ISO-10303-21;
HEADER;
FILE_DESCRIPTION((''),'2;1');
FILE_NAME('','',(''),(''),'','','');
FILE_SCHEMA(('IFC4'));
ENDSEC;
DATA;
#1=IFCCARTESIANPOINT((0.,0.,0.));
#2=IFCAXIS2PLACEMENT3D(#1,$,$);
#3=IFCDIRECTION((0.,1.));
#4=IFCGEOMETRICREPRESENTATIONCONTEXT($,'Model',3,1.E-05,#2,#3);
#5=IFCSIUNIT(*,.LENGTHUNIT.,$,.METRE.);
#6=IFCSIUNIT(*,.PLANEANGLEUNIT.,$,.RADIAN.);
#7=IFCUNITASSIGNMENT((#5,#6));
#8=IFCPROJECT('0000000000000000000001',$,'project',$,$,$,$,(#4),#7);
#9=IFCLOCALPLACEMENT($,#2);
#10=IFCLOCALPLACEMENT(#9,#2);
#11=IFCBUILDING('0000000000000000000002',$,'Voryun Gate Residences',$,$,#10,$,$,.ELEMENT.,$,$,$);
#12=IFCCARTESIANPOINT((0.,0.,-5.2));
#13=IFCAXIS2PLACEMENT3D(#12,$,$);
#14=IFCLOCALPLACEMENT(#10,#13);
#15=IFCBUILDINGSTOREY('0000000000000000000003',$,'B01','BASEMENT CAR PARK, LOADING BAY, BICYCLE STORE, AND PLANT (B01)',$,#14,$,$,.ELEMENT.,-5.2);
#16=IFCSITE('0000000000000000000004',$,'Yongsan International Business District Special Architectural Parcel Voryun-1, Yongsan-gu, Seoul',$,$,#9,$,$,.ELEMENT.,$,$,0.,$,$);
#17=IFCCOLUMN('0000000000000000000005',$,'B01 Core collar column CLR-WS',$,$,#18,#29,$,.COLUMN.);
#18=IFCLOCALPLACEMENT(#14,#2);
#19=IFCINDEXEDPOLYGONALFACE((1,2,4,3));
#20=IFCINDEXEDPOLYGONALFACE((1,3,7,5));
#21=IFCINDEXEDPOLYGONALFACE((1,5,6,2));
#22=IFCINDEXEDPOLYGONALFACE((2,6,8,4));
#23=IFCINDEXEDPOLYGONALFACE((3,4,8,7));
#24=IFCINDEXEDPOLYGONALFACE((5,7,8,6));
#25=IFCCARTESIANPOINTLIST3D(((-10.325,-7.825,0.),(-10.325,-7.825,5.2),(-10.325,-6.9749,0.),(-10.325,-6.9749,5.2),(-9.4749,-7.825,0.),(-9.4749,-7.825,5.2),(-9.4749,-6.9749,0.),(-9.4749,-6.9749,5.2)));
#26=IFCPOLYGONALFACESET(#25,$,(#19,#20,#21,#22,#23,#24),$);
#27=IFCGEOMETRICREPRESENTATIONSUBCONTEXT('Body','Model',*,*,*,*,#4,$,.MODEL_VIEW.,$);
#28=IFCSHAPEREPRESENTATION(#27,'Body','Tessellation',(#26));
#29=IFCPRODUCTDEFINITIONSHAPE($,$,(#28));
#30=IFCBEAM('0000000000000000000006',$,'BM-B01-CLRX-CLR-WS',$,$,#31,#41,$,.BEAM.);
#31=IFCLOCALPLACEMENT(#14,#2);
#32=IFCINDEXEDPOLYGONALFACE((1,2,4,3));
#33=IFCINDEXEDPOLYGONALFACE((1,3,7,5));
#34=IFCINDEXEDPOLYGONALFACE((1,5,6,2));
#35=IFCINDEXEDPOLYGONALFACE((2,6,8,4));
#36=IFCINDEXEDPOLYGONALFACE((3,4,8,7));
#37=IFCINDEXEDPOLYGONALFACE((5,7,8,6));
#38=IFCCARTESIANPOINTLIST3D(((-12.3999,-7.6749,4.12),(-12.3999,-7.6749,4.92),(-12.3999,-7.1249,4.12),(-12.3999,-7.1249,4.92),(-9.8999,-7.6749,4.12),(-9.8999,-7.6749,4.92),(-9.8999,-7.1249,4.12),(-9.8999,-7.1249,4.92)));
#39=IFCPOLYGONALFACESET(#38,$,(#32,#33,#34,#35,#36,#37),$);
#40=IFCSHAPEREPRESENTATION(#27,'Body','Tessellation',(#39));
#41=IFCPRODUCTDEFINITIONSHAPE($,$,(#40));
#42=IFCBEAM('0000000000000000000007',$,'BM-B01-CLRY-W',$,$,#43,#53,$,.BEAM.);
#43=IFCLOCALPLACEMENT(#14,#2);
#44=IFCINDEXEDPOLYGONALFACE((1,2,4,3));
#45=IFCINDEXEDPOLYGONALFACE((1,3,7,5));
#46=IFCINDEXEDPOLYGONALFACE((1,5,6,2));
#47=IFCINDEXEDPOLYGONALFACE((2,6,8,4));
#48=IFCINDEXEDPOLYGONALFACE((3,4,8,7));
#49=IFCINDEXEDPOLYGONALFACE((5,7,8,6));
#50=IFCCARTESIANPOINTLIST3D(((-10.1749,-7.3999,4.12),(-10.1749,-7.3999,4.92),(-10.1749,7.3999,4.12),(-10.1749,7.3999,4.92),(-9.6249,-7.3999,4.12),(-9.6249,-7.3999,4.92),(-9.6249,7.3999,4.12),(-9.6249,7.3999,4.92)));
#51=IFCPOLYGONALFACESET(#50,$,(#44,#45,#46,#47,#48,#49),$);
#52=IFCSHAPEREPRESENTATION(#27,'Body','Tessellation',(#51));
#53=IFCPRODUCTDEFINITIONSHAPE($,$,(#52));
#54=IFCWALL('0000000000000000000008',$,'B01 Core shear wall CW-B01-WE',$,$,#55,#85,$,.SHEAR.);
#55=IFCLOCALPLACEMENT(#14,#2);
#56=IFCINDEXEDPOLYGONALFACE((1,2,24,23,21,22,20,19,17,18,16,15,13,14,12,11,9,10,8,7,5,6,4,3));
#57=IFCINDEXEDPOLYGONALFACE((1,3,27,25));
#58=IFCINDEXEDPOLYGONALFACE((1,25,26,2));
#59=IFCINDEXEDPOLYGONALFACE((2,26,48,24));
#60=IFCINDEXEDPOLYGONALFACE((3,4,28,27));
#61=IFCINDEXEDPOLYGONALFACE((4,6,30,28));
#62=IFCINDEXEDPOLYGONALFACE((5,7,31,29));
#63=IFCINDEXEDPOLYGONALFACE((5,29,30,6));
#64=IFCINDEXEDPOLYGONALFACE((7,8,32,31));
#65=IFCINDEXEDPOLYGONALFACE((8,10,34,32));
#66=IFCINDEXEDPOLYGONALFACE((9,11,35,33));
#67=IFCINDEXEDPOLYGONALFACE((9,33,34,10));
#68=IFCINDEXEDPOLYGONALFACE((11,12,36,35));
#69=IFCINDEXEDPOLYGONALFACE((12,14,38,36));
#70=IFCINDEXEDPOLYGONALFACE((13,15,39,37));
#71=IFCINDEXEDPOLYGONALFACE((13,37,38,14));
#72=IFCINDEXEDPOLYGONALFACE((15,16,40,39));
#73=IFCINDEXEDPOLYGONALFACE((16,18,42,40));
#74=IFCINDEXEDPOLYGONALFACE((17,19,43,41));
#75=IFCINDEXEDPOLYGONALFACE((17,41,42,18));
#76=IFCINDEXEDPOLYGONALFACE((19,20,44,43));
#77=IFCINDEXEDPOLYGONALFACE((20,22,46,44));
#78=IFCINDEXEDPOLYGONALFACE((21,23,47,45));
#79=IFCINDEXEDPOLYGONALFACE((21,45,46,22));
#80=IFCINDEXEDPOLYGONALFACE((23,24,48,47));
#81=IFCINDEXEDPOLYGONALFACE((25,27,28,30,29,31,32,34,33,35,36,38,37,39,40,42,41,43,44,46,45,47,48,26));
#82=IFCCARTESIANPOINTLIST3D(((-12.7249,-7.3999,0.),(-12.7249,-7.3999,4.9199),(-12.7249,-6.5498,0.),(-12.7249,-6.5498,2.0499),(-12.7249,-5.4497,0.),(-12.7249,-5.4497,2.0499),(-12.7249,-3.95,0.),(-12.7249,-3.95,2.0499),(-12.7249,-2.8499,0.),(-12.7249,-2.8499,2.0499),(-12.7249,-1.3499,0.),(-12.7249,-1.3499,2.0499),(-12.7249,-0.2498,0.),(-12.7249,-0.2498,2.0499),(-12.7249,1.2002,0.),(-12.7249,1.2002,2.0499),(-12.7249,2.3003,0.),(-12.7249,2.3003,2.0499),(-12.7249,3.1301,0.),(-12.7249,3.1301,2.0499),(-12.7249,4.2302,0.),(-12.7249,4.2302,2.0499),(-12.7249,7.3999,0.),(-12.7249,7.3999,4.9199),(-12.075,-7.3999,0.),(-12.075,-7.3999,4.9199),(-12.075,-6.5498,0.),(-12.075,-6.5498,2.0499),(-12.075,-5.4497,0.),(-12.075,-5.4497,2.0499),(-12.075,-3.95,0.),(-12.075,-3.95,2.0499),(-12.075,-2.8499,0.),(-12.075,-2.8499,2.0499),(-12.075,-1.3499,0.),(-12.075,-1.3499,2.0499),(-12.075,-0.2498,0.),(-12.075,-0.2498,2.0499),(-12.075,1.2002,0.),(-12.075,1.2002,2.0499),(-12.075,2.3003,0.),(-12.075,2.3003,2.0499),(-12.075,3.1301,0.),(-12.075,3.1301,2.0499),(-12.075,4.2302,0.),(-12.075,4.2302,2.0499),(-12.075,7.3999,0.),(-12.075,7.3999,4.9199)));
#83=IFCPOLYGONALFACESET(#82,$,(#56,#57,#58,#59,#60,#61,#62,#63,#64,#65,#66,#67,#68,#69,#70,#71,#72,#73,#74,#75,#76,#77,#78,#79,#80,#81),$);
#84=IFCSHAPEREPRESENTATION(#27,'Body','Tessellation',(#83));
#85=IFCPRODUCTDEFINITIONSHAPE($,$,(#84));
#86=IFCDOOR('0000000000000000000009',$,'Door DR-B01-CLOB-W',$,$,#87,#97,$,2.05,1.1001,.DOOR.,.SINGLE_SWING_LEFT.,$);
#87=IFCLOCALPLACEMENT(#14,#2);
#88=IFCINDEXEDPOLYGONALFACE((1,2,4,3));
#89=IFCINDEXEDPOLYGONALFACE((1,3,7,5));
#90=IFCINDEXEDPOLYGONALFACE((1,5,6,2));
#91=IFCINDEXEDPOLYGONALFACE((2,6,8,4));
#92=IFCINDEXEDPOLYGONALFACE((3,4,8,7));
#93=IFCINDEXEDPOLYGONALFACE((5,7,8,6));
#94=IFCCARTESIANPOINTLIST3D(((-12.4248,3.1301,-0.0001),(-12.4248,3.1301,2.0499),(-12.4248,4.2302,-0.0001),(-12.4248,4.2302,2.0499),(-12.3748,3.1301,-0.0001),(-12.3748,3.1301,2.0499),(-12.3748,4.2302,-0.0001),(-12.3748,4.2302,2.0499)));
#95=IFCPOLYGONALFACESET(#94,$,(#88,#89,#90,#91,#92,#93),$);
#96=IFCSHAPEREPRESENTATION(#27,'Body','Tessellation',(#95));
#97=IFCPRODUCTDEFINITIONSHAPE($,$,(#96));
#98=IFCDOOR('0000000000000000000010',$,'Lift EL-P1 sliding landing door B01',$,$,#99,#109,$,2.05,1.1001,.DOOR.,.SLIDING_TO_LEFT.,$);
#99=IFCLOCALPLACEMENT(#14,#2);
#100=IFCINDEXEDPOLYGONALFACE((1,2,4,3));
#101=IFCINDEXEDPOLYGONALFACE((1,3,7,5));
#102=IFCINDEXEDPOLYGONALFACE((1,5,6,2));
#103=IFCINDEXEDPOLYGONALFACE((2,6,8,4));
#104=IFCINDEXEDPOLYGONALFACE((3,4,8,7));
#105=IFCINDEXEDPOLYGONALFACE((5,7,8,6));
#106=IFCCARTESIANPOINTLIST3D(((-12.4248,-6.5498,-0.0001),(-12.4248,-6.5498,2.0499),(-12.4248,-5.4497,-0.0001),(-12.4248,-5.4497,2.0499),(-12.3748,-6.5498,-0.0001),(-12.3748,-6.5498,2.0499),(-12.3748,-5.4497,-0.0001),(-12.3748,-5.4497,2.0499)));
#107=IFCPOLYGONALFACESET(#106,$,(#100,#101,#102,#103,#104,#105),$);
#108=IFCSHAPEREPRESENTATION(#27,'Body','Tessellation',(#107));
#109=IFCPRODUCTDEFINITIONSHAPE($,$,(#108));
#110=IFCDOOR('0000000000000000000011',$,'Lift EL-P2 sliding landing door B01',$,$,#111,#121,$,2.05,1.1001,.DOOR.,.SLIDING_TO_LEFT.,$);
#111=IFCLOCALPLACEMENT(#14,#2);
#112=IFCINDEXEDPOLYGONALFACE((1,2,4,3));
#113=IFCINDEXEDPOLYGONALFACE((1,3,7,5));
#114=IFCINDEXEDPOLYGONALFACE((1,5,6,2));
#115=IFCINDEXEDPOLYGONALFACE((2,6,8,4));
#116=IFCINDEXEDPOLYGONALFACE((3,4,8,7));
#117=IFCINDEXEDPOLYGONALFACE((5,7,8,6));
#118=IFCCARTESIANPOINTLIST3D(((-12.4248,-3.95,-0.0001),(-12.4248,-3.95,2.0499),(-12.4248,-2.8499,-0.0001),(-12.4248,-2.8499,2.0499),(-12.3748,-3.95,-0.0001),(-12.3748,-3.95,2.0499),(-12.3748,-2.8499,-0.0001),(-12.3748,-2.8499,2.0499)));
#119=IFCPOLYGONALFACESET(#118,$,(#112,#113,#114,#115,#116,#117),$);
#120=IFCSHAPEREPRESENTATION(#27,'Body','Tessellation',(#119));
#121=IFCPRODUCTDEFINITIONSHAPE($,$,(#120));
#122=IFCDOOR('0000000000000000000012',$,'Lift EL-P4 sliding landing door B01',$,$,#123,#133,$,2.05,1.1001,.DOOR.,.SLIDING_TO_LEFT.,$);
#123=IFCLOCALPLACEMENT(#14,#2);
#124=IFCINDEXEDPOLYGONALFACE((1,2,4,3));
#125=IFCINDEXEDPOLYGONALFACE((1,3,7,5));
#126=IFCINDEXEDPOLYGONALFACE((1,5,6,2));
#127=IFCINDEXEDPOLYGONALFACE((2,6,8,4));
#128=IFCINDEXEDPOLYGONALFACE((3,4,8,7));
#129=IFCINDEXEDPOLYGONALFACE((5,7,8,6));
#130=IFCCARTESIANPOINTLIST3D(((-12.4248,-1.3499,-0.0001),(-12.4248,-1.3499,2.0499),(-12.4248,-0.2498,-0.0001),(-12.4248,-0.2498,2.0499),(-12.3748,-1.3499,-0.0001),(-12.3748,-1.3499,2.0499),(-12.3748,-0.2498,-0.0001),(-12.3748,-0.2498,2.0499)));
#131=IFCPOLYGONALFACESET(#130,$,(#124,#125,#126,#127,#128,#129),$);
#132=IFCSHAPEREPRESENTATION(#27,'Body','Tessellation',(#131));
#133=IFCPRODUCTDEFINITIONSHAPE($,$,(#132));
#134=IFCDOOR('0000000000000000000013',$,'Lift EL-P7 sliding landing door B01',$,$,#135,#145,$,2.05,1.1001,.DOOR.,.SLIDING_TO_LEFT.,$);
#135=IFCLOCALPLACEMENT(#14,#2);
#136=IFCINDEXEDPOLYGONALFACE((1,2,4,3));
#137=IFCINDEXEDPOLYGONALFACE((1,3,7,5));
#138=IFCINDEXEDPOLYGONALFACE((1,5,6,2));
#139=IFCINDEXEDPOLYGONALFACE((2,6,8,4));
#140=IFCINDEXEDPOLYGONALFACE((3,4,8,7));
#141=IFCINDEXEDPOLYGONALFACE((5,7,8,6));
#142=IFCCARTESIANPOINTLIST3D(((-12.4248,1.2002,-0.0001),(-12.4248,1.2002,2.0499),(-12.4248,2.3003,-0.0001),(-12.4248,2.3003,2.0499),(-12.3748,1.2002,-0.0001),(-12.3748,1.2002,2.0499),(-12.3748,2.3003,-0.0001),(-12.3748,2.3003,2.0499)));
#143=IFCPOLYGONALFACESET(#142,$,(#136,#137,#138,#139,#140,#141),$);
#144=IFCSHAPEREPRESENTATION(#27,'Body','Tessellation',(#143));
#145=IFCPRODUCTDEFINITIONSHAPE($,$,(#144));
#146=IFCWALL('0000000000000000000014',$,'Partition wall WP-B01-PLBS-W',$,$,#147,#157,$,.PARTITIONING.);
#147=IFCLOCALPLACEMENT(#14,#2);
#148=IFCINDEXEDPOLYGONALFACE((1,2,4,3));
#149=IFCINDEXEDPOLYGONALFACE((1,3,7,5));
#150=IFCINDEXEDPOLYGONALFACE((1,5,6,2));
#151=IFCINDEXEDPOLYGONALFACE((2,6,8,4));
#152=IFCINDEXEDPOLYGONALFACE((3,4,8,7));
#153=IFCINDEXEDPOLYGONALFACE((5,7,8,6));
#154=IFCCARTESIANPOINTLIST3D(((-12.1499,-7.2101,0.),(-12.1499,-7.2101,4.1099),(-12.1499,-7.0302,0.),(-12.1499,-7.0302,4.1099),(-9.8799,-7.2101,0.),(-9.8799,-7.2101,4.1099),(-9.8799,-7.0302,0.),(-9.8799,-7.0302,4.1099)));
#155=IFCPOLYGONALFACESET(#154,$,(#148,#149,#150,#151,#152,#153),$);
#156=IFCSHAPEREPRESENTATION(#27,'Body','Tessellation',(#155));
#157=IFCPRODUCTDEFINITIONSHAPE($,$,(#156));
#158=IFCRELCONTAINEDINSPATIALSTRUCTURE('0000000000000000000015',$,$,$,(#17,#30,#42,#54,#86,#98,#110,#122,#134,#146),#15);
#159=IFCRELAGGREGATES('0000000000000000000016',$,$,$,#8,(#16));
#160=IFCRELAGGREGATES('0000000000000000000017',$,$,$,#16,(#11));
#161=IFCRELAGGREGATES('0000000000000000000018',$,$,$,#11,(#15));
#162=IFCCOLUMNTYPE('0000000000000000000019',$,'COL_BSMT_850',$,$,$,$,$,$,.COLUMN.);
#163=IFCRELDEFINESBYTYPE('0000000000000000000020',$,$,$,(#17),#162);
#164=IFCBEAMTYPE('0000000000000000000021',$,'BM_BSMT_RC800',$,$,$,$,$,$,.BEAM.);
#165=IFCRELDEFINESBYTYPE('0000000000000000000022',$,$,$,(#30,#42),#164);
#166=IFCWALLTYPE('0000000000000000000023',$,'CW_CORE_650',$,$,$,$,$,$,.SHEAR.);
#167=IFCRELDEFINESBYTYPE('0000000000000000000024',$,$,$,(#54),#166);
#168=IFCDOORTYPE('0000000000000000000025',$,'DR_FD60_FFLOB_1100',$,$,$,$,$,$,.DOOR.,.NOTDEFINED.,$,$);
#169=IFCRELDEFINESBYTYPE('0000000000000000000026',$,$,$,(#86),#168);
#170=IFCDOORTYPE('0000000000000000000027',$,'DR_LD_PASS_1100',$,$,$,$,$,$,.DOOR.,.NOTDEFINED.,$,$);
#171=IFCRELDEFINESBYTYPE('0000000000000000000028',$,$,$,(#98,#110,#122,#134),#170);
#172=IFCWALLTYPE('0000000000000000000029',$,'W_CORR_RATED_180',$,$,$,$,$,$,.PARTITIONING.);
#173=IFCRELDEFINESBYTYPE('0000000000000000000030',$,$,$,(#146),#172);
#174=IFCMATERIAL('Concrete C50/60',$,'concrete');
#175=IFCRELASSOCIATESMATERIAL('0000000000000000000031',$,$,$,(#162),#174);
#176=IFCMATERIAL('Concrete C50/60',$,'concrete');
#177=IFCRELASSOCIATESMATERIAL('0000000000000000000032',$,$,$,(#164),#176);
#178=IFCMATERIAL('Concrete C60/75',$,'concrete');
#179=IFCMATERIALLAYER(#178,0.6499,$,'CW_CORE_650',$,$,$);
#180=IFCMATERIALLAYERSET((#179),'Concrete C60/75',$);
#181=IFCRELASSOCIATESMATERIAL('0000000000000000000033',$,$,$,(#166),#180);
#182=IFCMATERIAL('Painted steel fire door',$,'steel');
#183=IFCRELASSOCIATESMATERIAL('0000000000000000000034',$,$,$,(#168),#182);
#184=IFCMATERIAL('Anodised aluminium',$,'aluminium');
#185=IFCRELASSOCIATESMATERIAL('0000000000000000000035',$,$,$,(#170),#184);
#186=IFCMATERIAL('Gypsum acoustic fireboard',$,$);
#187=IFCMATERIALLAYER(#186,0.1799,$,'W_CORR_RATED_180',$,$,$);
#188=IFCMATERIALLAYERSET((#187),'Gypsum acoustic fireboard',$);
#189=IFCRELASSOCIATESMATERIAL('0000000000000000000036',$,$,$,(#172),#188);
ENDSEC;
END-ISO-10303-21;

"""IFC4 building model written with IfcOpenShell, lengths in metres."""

from ifc_helpers import new_model, si_unit, direction, frame, frame_2d, origin, origin_2d, place, context, subcontext, project, spatial, rectangle, extrude, material, layer, layer_set, material_profile, profile_set, type_object, element, fill, save


model = new_model("IFC4")

# Units and contexts
model_context = context("Model", 3, precision=1e-05, world=origin(), true_north=direction((0.0, 1.0)))
body_context = subcontext(model_context, "Body", "Model", "MODEL_VIEW")
ifc_project = project(units=[si_unit("LENGTHUNIT", "METRE"), si_unit("PLANEANGLEUNIT", "RADIAN")], contexts=[model_context])

# Site, building, storey
site_placement = place(None, origin())
site = spatial("IfcSite", under=ifc_project, at=site_placement, Name="Yongsan International Business District Special Architectural Parcel Voryun-1, Yongsan-gu, Seoul", CompositionType="ELEMENT", RefElevation=0.0)
building_placement = place(site_placement, origin())
building = spatial("IfcBuilding", under=site, at=building_placement, Name="Voryun Gate Residences", CompositionType="ELEMENT")
storey_placement = place(building_placement, frame((0.0, 0.0, -5.2)))
storey = spatial("IfcBuildingStorey", under=building, at=storey_placement, Name="B01", Description="BASEMENT CAR PARK, LOADING BAY, BICYCLE STORE, AND PLANT (B01)", CompositionType="ELEMENT", Elevation=-5.2)

# Column
ifc_material_1 = material(Name="Concrete C50/60", Category="concrete")
ifc_material_profile_1 = material_profile(ifc_material_1, rectangle(XDim=0.8501, YDim=0.8501, at=origin_2d()), Name="RC-850x850")
ifc_profile_set_1 = profile_set([ifc_material_profile_1], Name="Concrete C50/60")
column_type = type_object("IfcColumnType", Name="COL_BSMT_850", PredefinedType="COLUMN", material=ifc_profile_set_1)
column_placement = place(storey_placement, frame((-9.8999, -7.3999, 0.0), z_axis=(0.0, 0.0, 1.0), x_axis=(1.0, 0.0, 0.0)))
element("IfcColumn", 1, at=column_placement, inside=storey, type_object=column_type, Name="B01 Core collar column CLR-WS", PredefinedType="COLUMN", context=body_context, shape_type="SweptSolid", body=[
    extrude(rectangle(XDim=0.8501, YDim=0.8501, at=origin_2d()), origin(), (0.0, 0.0, 1.0), 5.2),
])

# Beams
ifc_material_2 = material(Name="Concrete C50/60", Category="concrete")
ifc_material_profile_2 = material_profile(ifc_material_2, rectangle(XDim=0.55, YDim=0.8, at=origin_2d()), Name="RC-550x800")
ifc_profile_set_2 = profile_set([ifc_material_profile_2], Name="Concrete C50/60")
beam_type = type_object("IfcBeamType", Name="BM_BSMT_RC800", PredefinedType="BEAM", material=ifc_profile_set_2)
beam_1_placement = place(storey_placement, frame((-12.3999, -7.3999, 4.52), z_axis=(1.0, 0.0, 0.0), x_axis=(0.0, 1.0, 0.0)))
element("IfcBeam", 2, at=beam_1_placement, inside=storey, type_object=beam_type, Name="BM-B01-CLRX-CLR-WS", PredefinedType="BEAM", context=body_context, shape_type="SweptSolid", body=[
    extrude(rectangle(XDim=0.55, YDim=0.8, at=origin_2d()), origin(), (0.0, 0.0, 1.0), 2.5),
])
beam_2_placement = place(storey_placement, frame((-9.8999, -7.3999, 4.52), z_axis=(0.0, 1.0, 0.0), x_axis=(-1.0, 0.0, 0.0)))
element("IfcBeam", 3, at=beam_2_placement, inside=storey, type_object=beam_type, Name="BM-B01-CLRY-W", PredefinedType="BEAM", context=body_context, shape_type="SweptSolid", body=[
    extrude(rectangle(XDim=0.55, YDim=0.8, at=origin_2d()), origin(), (0.0, 0.0, 1.0), 14.7998),
])

# Wall, openings, doors
ifc_material_3 = material(Name="Concrete C60/75", Category="concrete")
ifc_layer_1 = layer(ifc_material_3, 0.6499, Name="CW_CORE_650")
ifc_layer_set_1 = layer_set([ifc_layer_1], Name="Concrete C60/75")
wall_type_1 = type_object("IfcWallType", Name="CW_CORE_650", PredefinedType="SHEAR", material=ifc_layer_set_1)
wall_1_placement = place(storey_placement, frame((-12.3999, -7.3999, 0.0), z_axis=(0.0, 0.0, 1.0), x_axis=(0.0, 1.0, 0.0)))
wall_1 = element("IfcWall", 4, at=wall_1_placement, inside=storey, type_object=wall_type_1, Name="B01 Core shear wall CW-B01-WE", PredefinedType="SHEAR", context=body_context, shape_type="SweptSolid", body=[
    extrude(rectangle(XDim=14.7998, YDim=0.6499, at=frame_2d((7.3999, 0.0))), origin(), (0.0, 0.0, 1.0), 4.9199),
])
opening_1_placement = place(wall_1_placement, frame((0.8501, 0.0, 0.0)))
opening_1 = element("IfcOpeningElement", 5, at=opening_1_placement, cuts=wall_1, PredefinedType="OPENING", context=body_context, shape_type="SweptSolid", body=[
    extrude(rectangle(XDim=1.1001, YDim=2.05, at=frame_2d((0.55, 1.0249))), frame((0.0, 0.335, 0.0), z_axis=(0.0, -1.0, 0.0), x_axis=(1.0, 0.0, 0.0)), (0.0, 0.0, 1.0), 0.6699),
])
opening_2_placement = place(wall_1_placement, frame((3.45, 0.0, 0.0)))
opening_2 = element("IfcOpeningElement", 6, at=opening_2_placement, cuts=wall_1, PredefinedType="OPENING", context=body_context, shape_type="SweptSolid", body=[
    extrude(rectangle(XDim=1.1001, YDim=2.05, at=frame_2d((0.55, 1.0249))), frame((0.0, 0.335, 0.0), z_axis=(0.0, -1.0, 0.0), x_axis=(1.0, 0.0, 0.0)), (0.0, 0.0, 1.0), 0.6699),
])
opening_3_placement = place(wall_1_placement, frame((6.05, 0.0, 0.0)))
opening_3 = element("IfcOpeningElement", 7, at=opening_3_placement, cuts=wall_1, PredefinedType="OPENING", context=body_context, shape_type="SweptSolid", body=[
    extrude(rectangle(XDim=1.1001, YDim=2.05, at=frame_2d((0.55, 1.0249))), frame((0.0, 0.335, 0.0), z_axis=(0.0, -1.0, 0.0), x_axis=(1.0, 0.0, 0.0)), (0.0, 0.0, 1.0), 0.6699),
])
opening_4_placement = place(wall_1_placement, frame((8.6001, 0.0, 0.0)))
opening_4 = element("IfcOpeningElement", 8, at=opening_4_placement, cuts=wall_1, PredefinedType="OPENING", context=body_context, shape_type="SweptSolid", body=[
    extrude(rectangle(XDim=1.1001, YDim=2.05, at=frame_2d((0.55, 1.0249))), frame((0.0, 0.335, 0.0), z_axis=(0.0, -1.0, 0.0), x_axis=(1.0, 0.0, 0.0)), (0.0, 0.0, 1.0), 0.6699),
])
opening_5_placement = place(wall_1_placement, frame((10.53, 0.0, 0.0)))
opening_5 = element("IfcOpeningElement", 9, at=opening_5_placement, cuts=wall_1, PredefinedType="OPENING", context=body_context, shape_type="SweptSolid", body=[
    extrude(rectangle(XDim=1.1001, YDim=2.05, at=frame_2d((0.55, 1.0249))), frame((0.0, 0.335, 0.0), z_axis=(0.0, -1.0, 0.0), x_axis=(1.0, 0.0, 0.0)), (0.0, 0.0, 1.0), 0.6699),
])
ifc_material_4 = material(Name="Painted steel fire door", Category="steel")
door_type_1 = type_object("IfcDoorType", Name="DR_FD60_FFLOB_1100", OperationType="NOTDEFINED", PredefinedType="DOOR", material=ifc_material_4)
door_1_placement = place(opening_5_placement, origin())
door_1 = element("IfcDoor", 10, at=door_1_placement, inside=storey, type_object=door_type_1, Name="Door DR-B01-CLOB-W", OperationType="SINGLE_SWING_LEFT", OverallHeight=2.05, OverallWidth=1.1001, PredefinedType="DOOR", context=body_context, shape_type="SweptSolid", body=[
    extrude(rectangle(XDim=1.1001, YDim=2.05, at=frame_2d((0.55, 1.0249))), frame((0.0, 0.0249, 0.0), z_axis=(0.0, -1.0, 0.0), x_axis=(1.0, 0.0, 0.0)), (0.0, 0.0, 1.0), 0.05),
])
fill(opening_5, door_1)
ifc_material_5 = material(Name="Anodised aluminium", Category="aluminium")
door_type_2 = type_object("IfcDoorType", Name="DR_LD_PASS_1100", OperationType="NOTDEFINED", PredefinedType="DOOR", material=ifc_material_5)
door_2_placement = place(opening_1_placement, origin())
door_2 = element("IfcDoor", 11, at=door_2_placement, inside=storey, type_object=door_type_2, Name="Lift EL-P1 sliding landing door B01", OperationType="SLIDING_TO_LEFT", OverallHeight=2.05, OverallWidth=1.1001, PredefinedType="DOOR", context=body_context, shape_type="SweptSolid", body=[
    extrude(rectangle(XDim=1.1001, YDim=2.05, at=frame_2d((0.55, 1.0249))), frame((0.0, 0.0249, 0.0), z_axis=(0.0, -1.0, 0.0), x_axis=(1.0, 0.0, 0.0)), (0.0, 0.0, 1.0), 0.05),
])
fill(opening_1, door_2)
door_3_placement = place(opening_2_placement, origin())
door_3 = element("IfcDoor", 12, at=door_3_placement, inside=storey, type_object=door_type_2, Name="Lift EL-P2 sliding landing door B01", OperationType="SLIDING_TO_LEFT", OverallHeight=2.05, OverallWidth=1.1001, PredefinedType="DOOR", context=body_context, shape_type="SweptSolid", body=[
    extrude(rectangle(XDim=1.1001, YDim=2.05, at=frame_2d((0.55, 1.0249))), frame((0.0, 0.0249, 0.0), z_axis=(0.0, -1.0, 0.0), x_axis=(1.0, 0.0, 0.0)), (0.0, 0.0, 1.0), 0.05),
])
fill(opening_2, door_3)
door_4_placement = place(opening_3_placement, origin())
door_4 = element("IfcDoor", 13, at=door_4_placement, inside=storey, type_object=door_type_2, Name="Lift EL-P4 sliding landing door B01", OperationType="SLIDING_TO_LEFT", OverallHeight=2.05, OverallWidth=1.1001, PredefinedType="DOOR", context=body_context, shape_type="SweptSolid", body=[
    extrude(rectangle(XDim=1.1001, YDim=2.05, at=frame_2d((0.55, 1.0249))), frame((0.0, 0.0249, 0.0), z_axis=(0.0, -1.0, 0.0), x_axis=(1.0, 0.0, 0.0)), (0.0, 0.0, 1.0), 0.05),
])
fill(opening_3, door_4)
door_5_placement = place(opening_4_placement, origin())
door_5 = element("IfcDoor", 14, at=door_5_placement, inside=storey, type_object=door_type_2, Name="Lift EL-P7 sliding landing door B01", OperationType="SLIDING_TO_LEFT", OverallHeight=2.05, OverallWidth=1.1001, PredefinedType="DOOR", context=body_context, shape_type="SweptSolid", body=[
    extrude(rectangle(XDim=1.1001, YDim=2.05, at=frame_2d((0.55, 1.0249))), frame((0.0, 0.0249, 0.0), z_axis=(0.0, -1.0, 0.0), x_axis=(1.0, 0.0, 0.0)), (0.0, 0.0, 1.0), 0.05),
])
fill(opening_4, door_5)

# Wall
ifc_material_6 = material(Name="Gypsum acoustic fireboard")
ifc_layer_2 = layer(ifc_material_6, 0.1799, Name="W_CORR_RATED_180")
ifc_layer_set_2 = layer_set([ifc_layer_2], Name="Gypsum acoustic fireboard")
wall_type_2 = type_object("IfcWallType", Name="W_CORR_RATED_180", PredefinedType="PARTITIONING", material=ifc_layer_set_2)
wall_2_placement = place(storey_placement, frame((-12.1499, -7.1201, 0.0), z_axis=(0.0, 0.0, 1.0), x_axis=(1.0, 0.0, 0.0)))
element("IfcWall", 15, at=wall_2_placement, inside=storey, type_object=wall_type_2, Name="Partition wall WP-B01-PLBS-W", PredefinedType="PARTITIONING", context=body_context, shape_type="SweptSolid", body=[
    extrude(rectangle(XDim=2.27, YDim=0.1799, at=frame_2d((1.135, 0.0))), origin(), (0.0, 0.0, 1.0), 4.1099),
])

save(model, "model.ifc")
